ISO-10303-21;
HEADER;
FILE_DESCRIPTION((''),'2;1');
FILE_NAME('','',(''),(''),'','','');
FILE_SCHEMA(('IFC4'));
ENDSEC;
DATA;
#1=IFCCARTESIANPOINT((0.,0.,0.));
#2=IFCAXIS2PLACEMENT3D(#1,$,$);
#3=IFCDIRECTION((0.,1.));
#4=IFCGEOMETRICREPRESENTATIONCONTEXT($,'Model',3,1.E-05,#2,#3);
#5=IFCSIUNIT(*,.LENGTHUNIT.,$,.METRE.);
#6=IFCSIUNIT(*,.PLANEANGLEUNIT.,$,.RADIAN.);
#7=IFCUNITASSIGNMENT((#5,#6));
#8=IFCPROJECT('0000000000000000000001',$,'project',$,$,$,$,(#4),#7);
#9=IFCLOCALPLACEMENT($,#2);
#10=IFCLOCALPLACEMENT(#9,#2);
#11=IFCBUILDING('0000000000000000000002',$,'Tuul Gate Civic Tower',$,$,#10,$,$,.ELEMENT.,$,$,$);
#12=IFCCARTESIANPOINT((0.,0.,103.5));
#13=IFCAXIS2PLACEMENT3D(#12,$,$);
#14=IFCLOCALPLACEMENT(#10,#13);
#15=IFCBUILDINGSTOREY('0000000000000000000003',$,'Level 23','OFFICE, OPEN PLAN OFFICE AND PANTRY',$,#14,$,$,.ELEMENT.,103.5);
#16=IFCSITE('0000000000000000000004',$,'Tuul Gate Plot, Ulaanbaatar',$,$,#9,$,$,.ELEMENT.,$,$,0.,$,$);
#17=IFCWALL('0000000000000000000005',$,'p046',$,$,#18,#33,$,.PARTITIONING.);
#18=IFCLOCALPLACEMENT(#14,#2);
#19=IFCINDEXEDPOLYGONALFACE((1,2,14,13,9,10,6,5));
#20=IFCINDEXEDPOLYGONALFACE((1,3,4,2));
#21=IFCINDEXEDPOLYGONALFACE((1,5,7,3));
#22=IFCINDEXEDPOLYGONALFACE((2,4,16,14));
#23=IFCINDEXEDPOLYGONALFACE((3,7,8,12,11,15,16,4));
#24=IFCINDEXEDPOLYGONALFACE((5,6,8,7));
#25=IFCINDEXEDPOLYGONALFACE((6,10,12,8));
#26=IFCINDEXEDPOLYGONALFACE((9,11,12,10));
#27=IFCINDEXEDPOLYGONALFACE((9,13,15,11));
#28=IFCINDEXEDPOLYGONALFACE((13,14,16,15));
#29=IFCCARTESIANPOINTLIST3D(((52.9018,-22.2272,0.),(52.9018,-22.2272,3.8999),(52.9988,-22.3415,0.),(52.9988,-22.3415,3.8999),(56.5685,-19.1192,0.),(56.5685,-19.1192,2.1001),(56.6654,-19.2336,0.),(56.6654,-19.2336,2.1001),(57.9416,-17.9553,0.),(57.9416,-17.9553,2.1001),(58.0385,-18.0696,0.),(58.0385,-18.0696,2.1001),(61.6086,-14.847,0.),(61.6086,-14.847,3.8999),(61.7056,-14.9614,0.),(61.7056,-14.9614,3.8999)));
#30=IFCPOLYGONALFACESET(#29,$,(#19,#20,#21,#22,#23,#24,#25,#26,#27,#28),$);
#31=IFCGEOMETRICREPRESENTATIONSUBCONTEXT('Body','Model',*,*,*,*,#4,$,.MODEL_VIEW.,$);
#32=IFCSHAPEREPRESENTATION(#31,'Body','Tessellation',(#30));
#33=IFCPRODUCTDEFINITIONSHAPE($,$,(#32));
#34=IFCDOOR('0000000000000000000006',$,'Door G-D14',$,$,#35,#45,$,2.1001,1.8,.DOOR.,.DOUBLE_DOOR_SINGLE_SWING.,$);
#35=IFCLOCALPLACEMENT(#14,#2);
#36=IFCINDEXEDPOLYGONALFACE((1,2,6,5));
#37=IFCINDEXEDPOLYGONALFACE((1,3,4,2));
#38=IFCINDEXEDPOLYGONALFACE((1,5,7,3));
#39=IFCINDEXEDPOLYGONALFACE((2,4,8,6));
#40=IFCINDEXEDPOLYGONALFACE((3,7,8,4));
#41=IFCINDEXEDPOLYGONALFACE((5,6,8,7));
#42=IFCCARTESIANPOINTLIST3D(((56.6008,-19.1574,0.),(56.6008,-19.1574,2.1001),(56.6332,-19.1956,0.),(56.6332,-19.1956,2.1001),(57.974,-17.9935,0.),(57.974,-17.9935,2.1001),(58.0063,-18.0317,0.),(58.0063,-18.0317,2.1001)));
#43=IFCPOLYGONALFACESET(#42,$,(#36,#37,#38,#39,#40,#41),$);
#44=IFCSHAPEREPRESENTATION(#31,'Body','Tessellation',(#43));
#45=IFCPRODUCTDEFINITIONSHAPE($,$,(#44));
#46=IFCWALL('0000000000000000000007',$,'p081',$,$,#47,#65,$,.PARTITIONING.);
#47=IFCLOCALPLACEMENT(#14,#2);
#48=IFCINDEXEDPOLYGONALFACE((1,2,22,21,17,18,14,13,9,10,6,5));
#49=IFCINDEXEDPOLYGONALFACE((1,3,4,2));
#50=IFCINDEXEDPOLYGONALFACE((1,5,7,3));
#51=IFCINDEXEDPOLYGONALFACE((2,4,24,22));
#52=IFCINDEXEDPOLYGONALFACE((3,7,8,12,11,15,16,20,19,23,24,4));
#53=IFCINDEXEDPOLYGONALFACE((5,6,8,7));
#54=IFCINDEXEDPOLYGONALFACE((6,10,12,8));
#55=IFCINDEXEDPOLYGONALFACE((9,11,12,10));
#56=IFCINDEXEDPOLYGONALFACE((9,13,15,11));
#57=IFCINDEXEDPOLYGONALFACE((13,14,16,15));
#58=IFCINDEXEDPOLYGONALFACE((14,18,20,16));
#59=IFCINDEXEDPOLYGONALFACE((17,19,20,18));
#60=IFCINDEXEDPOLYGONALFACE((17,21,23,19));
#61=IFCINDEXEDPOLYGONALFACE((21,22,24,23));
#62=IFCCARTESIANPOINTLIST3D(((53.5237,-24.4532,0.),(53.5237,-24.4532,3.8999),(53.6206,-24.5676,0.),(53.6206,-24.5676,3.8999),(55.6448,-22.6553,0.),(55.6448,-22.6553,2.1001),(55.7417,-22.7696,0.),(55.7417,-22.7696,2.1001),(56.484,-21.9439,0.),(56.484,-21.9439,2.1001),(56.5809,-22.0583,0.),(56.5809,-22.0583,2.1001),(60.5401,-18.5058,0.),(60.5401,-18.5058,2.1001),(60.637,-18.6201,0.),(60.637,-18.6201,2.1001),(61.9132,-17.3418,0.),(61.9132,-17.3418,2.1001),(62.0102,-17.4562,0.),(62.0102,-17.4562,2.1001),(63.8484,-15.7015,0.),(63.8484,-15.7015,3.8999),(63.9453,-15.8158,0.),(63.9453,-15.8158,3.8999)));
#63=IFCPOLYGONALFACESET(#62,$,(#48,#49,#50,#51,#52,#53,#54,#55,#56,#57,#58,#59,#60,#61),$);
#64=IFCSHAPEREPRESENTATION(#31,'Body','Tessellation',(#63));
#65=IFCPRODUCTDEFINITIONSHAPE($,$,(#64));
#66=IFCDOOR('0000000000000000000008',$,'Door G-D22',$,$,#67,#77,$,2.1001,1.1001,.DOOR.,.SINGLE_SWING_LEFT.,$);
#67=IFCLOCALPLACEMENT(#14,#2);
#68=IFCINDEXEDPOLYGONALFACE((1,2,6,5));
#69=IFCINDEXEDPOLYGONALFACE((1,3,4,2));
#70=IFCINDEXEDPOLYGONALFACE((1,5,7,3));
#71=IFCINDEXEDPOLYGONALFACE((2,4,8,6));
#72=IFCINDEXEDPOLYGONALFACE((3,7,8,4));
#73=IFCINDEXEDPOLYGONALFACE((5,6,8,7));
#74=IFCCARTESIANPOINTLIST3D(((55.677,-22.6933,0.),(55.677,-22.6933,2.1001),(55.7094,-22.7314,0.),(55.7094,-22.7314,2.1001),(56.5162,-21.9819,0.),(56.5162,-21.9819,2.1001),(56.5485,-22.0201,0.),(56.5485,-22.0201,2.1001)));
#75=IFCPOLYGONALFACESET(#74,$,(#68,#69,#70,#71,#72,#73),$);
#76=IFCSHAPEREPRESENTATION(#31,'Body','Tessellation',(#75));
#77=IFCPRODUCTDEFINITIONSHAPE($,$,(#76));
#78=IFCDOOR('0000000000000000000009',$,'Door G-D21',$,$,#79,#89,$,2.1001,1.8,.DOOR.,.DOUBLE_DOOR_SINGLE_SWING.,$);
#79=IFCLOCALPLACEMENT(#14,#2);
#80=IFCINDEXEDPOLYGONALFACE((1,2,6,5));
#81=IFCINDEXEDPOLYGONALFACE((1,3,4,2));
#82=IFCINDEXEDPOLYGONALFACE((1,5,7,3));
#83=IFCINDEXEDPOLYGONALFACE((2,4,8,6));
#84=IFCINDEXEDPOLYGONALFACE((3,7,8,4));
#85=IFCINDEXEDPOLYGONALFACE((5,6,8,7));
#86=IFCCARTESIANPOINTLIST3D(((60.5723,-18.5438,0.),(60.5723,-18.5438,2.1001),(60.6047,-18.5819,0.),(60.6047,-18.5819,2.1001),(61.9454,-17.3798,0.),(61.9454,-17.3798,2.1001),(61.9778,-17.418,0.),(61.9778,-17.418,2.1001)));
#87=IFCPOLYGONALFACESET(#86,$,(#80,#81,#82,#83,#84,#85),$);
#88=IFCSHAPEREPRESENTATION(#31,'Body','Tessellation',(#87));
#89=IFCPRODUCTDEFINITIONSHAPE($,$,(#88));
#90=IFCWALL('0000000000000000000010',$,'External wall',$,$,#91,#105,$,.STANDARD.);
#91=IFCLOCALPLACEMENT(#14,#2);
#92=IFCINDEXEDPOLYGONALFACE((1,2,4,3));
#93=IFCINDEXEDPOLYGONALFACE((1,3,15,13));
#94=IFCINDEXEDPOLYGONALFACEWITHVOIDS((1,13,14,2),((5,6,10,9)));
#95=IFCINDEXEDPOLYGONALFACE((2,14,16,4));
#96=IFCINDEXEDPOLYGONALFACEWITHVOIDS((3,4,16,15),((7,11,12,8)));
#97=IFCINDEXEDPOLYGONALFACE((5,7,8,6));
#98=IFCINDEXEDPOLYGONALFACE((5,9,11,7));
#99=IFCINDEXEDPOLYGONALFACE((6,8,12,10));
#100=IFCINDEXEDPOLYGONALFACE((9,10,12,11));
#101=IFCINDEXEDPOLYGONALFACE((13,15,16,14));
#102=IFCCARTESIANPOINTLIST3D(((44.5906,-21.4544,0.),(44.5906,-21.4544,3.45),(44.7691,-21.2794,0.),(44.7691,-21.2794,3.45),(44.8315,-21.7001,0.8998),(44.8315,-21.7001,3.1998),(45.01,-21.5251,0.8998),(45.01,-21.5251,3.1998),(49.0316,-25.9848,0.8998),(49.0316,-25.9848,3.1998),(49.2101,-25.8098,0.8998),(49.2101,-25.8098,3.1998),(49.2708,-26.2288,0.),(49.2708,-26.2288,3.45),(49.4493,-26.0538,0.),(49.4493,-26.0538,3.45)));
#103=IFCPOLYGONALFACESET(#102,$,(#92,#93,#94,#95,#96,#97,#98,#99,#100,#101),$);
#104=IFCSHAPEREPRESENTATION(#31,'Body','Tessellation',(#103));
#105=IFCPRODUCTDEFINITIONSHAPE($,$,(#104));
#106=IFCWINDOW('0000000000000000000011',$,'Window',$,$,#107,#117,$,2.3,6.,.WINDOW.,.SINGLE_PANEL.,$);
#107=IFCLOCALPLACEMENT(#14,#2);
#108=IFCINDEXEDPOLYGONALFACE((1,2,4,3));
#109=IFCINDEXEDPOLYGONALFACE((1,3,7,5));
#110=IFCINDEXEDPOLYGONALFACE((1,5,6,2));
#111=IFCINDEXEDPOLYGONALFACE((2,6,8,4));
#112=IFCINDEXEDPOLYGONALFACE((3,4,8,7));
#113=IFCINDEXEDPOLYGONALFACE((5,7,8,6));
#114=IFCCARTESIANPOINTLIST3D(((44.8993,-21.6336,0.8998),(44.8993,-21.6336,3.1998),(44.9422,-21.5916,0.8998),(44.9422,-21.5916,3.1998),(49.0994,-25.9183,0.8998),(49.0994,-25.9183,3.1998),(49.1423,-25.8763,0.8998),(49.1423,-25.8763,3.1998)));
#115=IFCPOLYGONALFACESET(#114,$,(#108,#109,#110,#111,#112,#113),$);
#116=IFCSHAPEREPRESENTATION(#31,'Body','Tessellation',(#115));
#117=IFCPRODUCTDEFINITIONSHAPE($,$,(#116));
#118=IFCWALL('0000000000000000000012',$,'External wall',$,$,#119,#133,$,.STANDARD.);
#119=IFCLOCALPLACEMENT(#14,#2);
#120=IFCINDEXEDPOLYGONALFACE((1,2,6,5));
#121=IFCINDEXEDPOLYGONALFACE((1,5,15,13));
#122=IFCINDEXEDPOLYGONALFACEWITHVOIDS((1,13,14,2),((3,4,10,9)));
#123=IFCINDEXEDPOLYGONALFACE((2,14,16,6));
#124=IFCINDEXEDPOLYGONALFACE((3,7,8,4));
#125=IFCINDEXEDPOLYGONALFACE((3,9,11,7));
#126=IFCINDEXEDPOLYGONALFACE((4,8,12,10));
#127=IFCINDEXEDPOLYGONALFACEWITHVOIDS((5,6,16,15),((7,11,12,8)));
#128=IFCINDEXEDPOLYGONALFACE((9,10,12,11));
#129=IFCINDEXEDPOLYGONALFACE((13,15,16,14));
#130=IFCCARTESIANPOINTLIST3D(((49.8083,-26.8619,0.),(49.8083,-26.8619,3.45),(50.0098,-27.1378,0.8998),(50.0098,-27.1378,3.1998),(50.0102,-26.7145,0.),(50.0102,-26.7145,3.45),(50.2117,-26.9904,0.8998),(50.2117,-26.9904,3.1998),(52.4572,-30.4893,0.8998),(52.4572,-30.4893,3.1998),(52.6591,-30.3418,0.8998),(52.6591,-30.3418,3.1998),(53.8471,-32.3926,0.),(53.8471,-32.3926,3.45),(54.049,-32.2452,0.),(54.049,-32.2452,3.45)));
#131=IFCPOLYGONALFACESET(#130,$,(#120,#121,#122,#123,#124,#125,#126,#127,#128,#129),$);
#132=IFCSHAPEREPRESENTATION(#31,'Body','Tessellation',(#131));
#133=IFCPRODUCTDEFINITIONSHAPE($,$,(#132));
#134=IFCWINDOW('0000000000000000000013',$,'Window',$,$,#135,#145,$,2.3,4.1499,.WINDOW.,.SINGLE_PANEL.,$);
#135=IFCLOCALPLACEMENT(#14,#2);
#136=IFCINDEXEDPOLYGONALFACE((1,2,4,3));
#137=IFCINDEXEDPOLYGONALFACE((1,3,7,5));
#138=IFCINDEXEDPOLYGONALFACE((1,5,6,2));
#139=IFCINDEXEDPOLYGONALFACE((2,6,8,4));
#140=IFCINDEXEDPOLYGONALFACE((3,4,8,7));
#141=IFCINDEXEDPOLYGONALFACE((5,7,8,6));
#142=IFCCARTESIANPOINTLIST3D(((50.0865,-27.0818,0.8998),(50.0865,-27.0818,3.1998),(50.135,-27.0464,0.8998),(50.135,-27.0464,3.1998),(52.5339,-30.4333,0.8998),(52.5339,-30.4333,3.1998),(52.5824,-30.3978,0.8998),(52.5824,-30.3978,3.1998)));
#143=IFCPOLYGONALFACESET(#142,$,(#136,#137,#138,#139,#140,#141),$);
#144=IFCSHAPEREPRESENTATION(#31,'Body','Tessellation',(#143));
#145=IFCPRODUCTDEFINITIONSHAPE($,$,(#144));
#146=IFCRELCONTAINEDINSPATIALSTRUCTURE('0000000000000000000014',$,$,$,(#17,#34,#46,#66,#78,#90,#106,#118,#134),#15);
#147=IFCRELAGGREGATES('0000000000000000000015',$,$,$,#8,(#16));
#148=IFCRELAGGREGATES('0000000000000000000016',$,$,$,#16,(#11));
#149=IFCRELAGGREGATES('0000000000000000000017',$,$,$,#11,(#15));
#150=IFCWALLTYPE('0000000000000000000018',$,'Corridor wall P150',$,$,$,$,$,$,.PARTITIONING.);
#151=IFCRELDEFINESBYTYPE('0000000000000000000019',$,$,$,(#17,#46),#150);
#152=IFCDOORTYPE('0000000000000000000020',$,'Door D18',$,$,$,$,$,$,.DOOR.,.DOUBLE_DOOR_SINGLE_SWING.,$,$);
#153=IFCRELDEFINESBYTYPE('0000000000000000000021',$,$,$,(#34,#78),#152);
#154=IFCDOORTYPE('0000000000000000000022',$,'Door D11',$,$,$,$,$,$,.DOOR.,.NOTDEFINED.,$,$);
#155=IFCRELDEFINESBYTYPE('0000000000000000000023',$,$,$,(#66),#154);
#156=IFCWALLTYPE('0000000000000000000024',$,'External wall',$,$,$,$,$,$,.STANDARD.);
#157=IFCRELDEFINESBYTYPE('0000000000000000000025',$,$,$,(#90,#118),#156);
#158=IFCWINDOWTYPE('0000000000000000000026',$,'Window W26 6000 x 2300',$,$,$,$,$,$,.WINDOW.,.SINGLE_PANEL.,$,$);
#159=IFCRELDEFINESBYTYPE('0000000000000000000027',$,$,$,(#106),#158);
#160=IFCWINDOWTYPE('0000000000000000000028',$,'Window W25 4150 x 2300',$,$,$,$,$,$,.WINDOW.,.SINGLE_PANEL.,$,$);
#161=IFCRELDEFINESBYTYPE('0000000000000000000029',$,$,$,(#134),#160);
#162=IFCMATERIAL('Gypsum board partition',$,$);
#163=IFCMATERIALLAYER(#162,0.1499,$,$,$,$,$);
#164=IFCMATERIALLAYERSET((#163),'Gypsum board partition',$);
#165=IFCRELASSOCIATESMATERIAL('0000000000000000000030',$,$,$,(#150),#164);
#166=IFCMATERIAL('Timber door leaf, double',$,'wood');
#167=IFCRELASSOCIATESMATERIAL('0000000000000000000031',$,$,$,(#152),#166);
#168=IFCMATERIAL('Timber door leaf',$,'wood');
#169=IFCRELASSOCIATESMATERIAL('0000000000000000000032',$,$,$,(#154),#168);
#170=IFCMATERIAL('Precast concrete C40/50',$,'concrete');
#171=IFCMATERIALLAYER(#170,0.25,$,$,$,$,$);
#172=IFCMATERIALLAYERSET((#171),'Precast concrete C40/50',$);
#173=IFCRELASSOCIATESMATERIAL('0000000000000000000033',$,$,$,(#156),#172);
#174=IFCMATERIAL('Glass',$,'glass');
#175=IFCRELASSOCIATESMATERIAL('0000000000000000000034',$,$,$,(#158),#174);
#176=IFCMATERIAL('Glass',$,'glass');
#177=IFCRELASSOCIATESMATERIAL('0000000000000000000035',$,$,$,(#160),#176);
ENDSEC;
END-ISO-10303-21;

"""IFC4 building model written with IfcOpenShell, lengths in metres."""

from ifc_helpers import new_model, si_unit, direction, frame, frame_2d, origin, place, context, subcontext, project, spatial, rectangle, extrude, material, layer, layer_set, type_object, element, fill, save


model = new_model("IFC4")

# Units and contexts
model_context = context("Model", 3, precision=1e-05, world=origin(), true_north=direction((0.0, 1.0)))
body_context = subcontext(model_context, "Body", "Model", "MODEL_VIEW")
ifc_project = project(units=[si_unit("LENGTHUNIT", "METRE"), si_unit("PLANEANGLEUNIT", "RADIAN")], contexts=[model_context])

# Site, building, storey
site_placement = place(None, origin())
site = spatial("IfcSite", under=ifc_project, at=site_placement, Name="Tuul Gate Plot, Ulaanbaatar", CompositionType="ELEMENT", RefElevation=0.0)
building_placement = place(site_placement, origin())
building = spatial("IfcBuilding", under=site, at=building_placement, Name="Tuul Gate Civic Tower", CompositionType="ELEMENT")
storey_placement = place(building_placement, frame((0.0, 0.0, 103.5)))
storey = spatial("IfcBuildingStorey", under=building, at=storey_placement, Name="Level 23", Description="OFFICE, OPEN PLAN OFFICE AND PANTRY", CompositionType="ELEMENT", Elevation=103.5)

# Shared definitions
ifc_material_1 = material(Name="Gypsum board partition")
ifc_layer_1 = layer(ifc_material_1, 0.1499)
ifc_layer_set_1 = layer_set([ifc_layer_1], Name="Gypsum board partition")
wall_type_1 = type_object("IfcWallType", Name="Corridor wall P150", PredefinedType="PARTITIONING", material=ifc_layer_set_1)

# Wall, opening, door
wall_1_placement = place(storey_placement, frame((52.9502, -22.2844, 0.0), z_axis=(0.0, 0.0, 1.0), x_axis=(0.762831, 0.646598, 0.0)))
wall_1 = element("IfcWall", 1, at=wall_1_placement, inside=storey, type_object=wall_type_1, Name="p046", PredefinedType="PARTITIONING", context=body_context, shape_type="SweptSolid", body=[
    extrude(rectangle(XDim=11.4138, YDim=0.1499, at=frame_2d((5.707, 0.0))), origin(), (0.0, 0.0, 1.0), 3.8999),
])
opening_1_placement = place(wall_1_placement, frame((4.8069, 0.0, 0.0)))
opening_1 = element("IfcOpeningElement", 2, at=opening_1_placement, cuts=wall_1, PredefinedType="OPENING", context=body_context, shape_type="SweptSolid", body=[
    extrude(rectangle(XDim=1.8, YDim=2.1001, at=frame_2d((0.8999, 1.05))), frame((0.0, 0.085, 0.0), z_axis=(0.0, -1.0, 0.0), x_axis=(1.0, 0.0, 0.0)), (0.0, 0.0, 1.0), 0.1699),
])
ifc_material_2 = material(Name="Timber door leaf, double", Category="wood")
door_type_1 = type_object("IfcDoorType", Name="Door D18", OperationType="DOUBLE_DOOR_SINGLE_SWING", PredefinedType="DOOR", material=ifc_material_2)
door_1_placement = place(opening_1_placement, origin())
door_1 = element("IfcDoor", 3, at=door_1_placement, inside=storey, type_object=door_type_1, Name="Door G-D14", OperationType="DOUBLE_DOOR_SINGLE_SWING", OverallHeight=2.1001, OverallWidth=1.8, PredefinedType="DOOR", context=body_context, shape_type="SweptSolid", body=[
    extrude(rectangle(XDim=1.8, YDim=2.1001, at=frame_2d((0.8999, 1.05))), frame((0.0, 0.0249, 0.0), z_axis=(0.0, -1.0, 0.0), x_axis=(1.0, 0.0, 0.0)), (0.0, 0.0, 1.0), 0.05),
])
fill(opening_1, door_1)

# Wall, openings, doors
wall_2_placement = place(storey_placement, frame((53.572, -24.5105, 0.0), z_axis=(0.0, 0.0, 1.0), x_axis=(0.762824, 0.646606, 0.0)))
wall_2 = element("IfcWall", 4, at=wall_2_placement, inside=storey, type_object=wall_type_1, Name="p081", PredefinedType="PARTITIONING", context=body_context, shape_type="SweptSolid", body=[
    extrude(rectangle(XDim=13.5349, YDim=0.1499, at=frame_2d((6.7676, 0.0))), origin(), (0.0, 0.0, 1.0), 3.8999),
])
opening_2_placement = place(wall_2_placement, frame((9.1982, 0.0, 0.0)))
opening_2 = element("IfcOpeningElement", 5, at=opening_2_placement, cuts=wall_2, PredefinedType="OPENING", context=body_context, shape_type="SweptSolid", body=[
    extrude(rectangle(XDim=1.8, YDim=2.1001, at=frame_2d((0.8999, 1.05))), frame((0.0, 0.085, 0.0), z_axis=(0.0, -1.0, 0.0), x_axis=(1.0, 0.0, 0.0)), (0.0, 0.0, 1.0), 0.1699),
])
opening_3_placement = place(wall_2_placement, frame((2.7808, 0.0, 0.0)))
opening_3 = element("IfcOpeningElement", 6, at=opening_3_placement, cuts=wall_2, PredefinedType="OPENING", context=body_context, shape_type="SweptSolid", body=[
    extrude(rectangle(XDim=1.1001, YDim=2.1001, at=frame_2d((0.55, 1.05))), frame((0.0, 0.085, 0.0), z_axis=(0.0, -1.0, 0.0), x_axis=(1.0, 0.0, 0.0)), (0.0, 0.0, 1.0), 0.1699),
])
ifc_material_3 = material(Name="Timber door leaf", Category="wood")
door_type_2 = type_object("IfcDoorType", Name="Door D11", OperationType="NOTDEFINED", PredefinedType="DOOR", material=ifc_material_3)
door_2_placement = place(opening_3_placement, frame((1.1001, 0.0, 0.0), z_axis=(0.0, 0.0, 1.0), x_axis=(-1.0, 0.0, 0.0)))
door_2 = element("IfcDoor", 7, at=door_2_placement, inside=storey, type_object=door_type_2, Name="Door G-D22", OperationType="SINGLE_SWING_LEFT", OverallHeight=2.1001, OverallWidth=1.1001, PredefinedType="DOOR", context=body_context, shape_type="SweptSolid", body=[
    extrude(rectangle(XDim=1.1001, YDim=2.1001, at=frame_2d((0.55, 1.05))), frame((0.0, 0.0249, 0.0), z_axis=(0.0, -1.0, 0.0), x_axis=(1.0, 0.0, 0.0)), (0.0, 0.0, 1.0), 0.05),
])
fill(opening_3, door_2)
door_3_placement = place(opening_2_placement, frame((1.8, 0.0, 0.0), z_axis=(0.0, 0.0, 1.0), x_axis=(-1.0, 0.0, 0.0)))
door_3 = element("IfcDoor", 8, at=door_3_placement, inside=storey, type_object=door_type_1, Name="Door G-D21", OperationType="DOUBLE_DOOR_SINGLE_SWING", OverallHeight=2.1001, OverallWidth=1.8, PredefinedType="DOOR", context=body_context, shape_type="SweptSolid", body=[
    extrude(rectangle(XDim=1.8, YDim=2.1001, at=frame_2d((0.9001, 1.05))), frame((0.0, 0.0249, 0.0), z_axis=(0.0, -1.0, 0.0), x_axis=(1.0, 0.0, 0.0)), (0.0, 0.0, 1.0), 0.05),
])
fill(opening_2, door_3)

# Walls, openings, windows
ifc_material_4 = material(Name="Precast concrete C40/50", Category="concrete")
ifc_layer_2 = layer(ifc_material_4, 0.25)
ifc_layer_set_2 = layer_set([ifc_layer_2], Name="Precast concrete C40/50")
wall_type_2 = type_object("IfcWallType", Name="External wall", PredefinedType="STANDARD", material=ifc_layer_set_2)
wall_3_placement = place(storey_placement, frame((44.6799, -21.3669, 0.0), z_axis=(0.0, 0.0, 1.0), x_axis=(0.700024, -0.714119, 0.0)))
wall_3 = element("IfcWall", 9, at=wall_3_placement, inside=storey, type_object=wall_type_2, Name="External wall", PredefinedType="STANDARD", context=body_context, shape_type="SweptSolid", body=[
    extrude(rectangle(XDim=6.6858, YDim=0.25, at=frame_2d((3.3428, 0.0))), origin(), (0.0, 0.0, 1.0), 3.45),
])
opening_4_placement = place(wall_3_placement, frame((0.344, 0.0, 0.8999)))
opening_4 = element("IfcOpeningElement", 10, at=opening_4_placement, cuts=wall_3, PredefinedType="OPENING", context=body_context, shape_type="SweptSolid", body=[
    extrude(rectangle(XDim=6.0, YDim=2.3, at=frame_2d((3.0, 1.1499))), frame((0.0, 0.135, 0.0), z_axis=(0.0, -1.0, 0.0), x_axis=(1.0, 0.0, 0.0)), (0.0, 0.0, 1.0), 0.27),
])
ifc_material_5 = material(Name="Glass", Category="glass")
window_type_1 = type_object("IfcWindowType", Name="Window W26 6000 x 2300", PartitioningType="SINGLE_PANEL", PredefinedType="WINDOW", material=ifc_material_5)
window_1_placement = place(opening_4_placement, origin())
window_1 = element("IfcWindow", 11, at=window_1_placement, inside=storey, type_object=window_type_1, Name="Window", OverallHeight=2.3, OverallWidth=6.0, PartitioningType="SINGLE_PANEL", PredefinedType="WINDOW", context=body_context, shape_type="SweptSolid", body=[
    extrude(rectangle(XDim=6.0, YDim=2.3, at=frame_2d((3.0, 1.1499))), frame((0.0, 0.03, 0.0), z_axis=(0.0, -1.0, 0.0), x_axis=(1.0, 0.0, 0.0)), (0.0, 0.0, 1.0), 0.0601),
])
fill(opening_4, window_1)
wall_4_placement = place(storey_placement, frame((49.9092, -26.7881, 0.0), z_axis=(0.0, 0.0, 1.0), x_axis=(0.589741, -0.807592, 0.0)))
wall_4 = element("IfcWall", 12, at=wall_4_placement, inside=storey, type_object=wall_type_2, Name="External wall", PredefinedType="STANDARD", context=body_context, shape_type="SweptSolid", body=[
    extrude(rectangle(XDim=6.8484, YDim=0.25, at=frame_2d((3.4243, 0.0))), origin(), (0.0, 0.0, 1.0), 3.45),
])
opening_5_placement = place(wall_4_placement, frame((0.3418, 0.0, 0.8999)))
opening_5 = element("IfcOpeningElement", 13, at=opening_5_placement, cuts=wall_4, PredefinedType="OPENING", context=body_context, shape_type="SweptSolid", body=[
    extrude(rectangle(XDim=4.1499, YDim=2.3, at=frame_2d((2.075, 1.1499))), frame((0.0, 0.135, 0.0), z_axis=(0.0, -1.0, 0.0), x_axis=(1.0, 0.0, 0.0)), (0.0, 0.0, 1.0), 0.27),
])
ifc_material_6 = material(Name="Glass", Category="glass")
window_type_2 = type_object("IfcWindowType", Name="Window W25 4150 x 2300", PartitioningType="SINGLE_PANEL", PredefinedType="WINDOW", material=ifc_material_6)
window_2_placement = place(opening_5_placement, origin())
window_2 = element("IfcWindow", 14, at=window_2_placement, inside=storey, type_object=window_type_2, Name="Window", OverallHeight=2.3, OverallWidth=4.1499, PartitioningType="SINGLE_PANEL", PredefinedType="WINDOW", context=body_context, shape_type="SweptSolid", body=[
    extrude(rectangle(XDim=4.1499, YDim=2.3, at=frame_2d((2.075, 1.1499))), frame((0.0, 0.03, 0.0), z_axis=(0.0, -1.0, 0.0), x_axis=(1.0, 0.0, 0.0)), (0.0, 0.0, 1.0), 0.0601),
])
fill(opening_5, window_2)

save(model, "model.ifc")
